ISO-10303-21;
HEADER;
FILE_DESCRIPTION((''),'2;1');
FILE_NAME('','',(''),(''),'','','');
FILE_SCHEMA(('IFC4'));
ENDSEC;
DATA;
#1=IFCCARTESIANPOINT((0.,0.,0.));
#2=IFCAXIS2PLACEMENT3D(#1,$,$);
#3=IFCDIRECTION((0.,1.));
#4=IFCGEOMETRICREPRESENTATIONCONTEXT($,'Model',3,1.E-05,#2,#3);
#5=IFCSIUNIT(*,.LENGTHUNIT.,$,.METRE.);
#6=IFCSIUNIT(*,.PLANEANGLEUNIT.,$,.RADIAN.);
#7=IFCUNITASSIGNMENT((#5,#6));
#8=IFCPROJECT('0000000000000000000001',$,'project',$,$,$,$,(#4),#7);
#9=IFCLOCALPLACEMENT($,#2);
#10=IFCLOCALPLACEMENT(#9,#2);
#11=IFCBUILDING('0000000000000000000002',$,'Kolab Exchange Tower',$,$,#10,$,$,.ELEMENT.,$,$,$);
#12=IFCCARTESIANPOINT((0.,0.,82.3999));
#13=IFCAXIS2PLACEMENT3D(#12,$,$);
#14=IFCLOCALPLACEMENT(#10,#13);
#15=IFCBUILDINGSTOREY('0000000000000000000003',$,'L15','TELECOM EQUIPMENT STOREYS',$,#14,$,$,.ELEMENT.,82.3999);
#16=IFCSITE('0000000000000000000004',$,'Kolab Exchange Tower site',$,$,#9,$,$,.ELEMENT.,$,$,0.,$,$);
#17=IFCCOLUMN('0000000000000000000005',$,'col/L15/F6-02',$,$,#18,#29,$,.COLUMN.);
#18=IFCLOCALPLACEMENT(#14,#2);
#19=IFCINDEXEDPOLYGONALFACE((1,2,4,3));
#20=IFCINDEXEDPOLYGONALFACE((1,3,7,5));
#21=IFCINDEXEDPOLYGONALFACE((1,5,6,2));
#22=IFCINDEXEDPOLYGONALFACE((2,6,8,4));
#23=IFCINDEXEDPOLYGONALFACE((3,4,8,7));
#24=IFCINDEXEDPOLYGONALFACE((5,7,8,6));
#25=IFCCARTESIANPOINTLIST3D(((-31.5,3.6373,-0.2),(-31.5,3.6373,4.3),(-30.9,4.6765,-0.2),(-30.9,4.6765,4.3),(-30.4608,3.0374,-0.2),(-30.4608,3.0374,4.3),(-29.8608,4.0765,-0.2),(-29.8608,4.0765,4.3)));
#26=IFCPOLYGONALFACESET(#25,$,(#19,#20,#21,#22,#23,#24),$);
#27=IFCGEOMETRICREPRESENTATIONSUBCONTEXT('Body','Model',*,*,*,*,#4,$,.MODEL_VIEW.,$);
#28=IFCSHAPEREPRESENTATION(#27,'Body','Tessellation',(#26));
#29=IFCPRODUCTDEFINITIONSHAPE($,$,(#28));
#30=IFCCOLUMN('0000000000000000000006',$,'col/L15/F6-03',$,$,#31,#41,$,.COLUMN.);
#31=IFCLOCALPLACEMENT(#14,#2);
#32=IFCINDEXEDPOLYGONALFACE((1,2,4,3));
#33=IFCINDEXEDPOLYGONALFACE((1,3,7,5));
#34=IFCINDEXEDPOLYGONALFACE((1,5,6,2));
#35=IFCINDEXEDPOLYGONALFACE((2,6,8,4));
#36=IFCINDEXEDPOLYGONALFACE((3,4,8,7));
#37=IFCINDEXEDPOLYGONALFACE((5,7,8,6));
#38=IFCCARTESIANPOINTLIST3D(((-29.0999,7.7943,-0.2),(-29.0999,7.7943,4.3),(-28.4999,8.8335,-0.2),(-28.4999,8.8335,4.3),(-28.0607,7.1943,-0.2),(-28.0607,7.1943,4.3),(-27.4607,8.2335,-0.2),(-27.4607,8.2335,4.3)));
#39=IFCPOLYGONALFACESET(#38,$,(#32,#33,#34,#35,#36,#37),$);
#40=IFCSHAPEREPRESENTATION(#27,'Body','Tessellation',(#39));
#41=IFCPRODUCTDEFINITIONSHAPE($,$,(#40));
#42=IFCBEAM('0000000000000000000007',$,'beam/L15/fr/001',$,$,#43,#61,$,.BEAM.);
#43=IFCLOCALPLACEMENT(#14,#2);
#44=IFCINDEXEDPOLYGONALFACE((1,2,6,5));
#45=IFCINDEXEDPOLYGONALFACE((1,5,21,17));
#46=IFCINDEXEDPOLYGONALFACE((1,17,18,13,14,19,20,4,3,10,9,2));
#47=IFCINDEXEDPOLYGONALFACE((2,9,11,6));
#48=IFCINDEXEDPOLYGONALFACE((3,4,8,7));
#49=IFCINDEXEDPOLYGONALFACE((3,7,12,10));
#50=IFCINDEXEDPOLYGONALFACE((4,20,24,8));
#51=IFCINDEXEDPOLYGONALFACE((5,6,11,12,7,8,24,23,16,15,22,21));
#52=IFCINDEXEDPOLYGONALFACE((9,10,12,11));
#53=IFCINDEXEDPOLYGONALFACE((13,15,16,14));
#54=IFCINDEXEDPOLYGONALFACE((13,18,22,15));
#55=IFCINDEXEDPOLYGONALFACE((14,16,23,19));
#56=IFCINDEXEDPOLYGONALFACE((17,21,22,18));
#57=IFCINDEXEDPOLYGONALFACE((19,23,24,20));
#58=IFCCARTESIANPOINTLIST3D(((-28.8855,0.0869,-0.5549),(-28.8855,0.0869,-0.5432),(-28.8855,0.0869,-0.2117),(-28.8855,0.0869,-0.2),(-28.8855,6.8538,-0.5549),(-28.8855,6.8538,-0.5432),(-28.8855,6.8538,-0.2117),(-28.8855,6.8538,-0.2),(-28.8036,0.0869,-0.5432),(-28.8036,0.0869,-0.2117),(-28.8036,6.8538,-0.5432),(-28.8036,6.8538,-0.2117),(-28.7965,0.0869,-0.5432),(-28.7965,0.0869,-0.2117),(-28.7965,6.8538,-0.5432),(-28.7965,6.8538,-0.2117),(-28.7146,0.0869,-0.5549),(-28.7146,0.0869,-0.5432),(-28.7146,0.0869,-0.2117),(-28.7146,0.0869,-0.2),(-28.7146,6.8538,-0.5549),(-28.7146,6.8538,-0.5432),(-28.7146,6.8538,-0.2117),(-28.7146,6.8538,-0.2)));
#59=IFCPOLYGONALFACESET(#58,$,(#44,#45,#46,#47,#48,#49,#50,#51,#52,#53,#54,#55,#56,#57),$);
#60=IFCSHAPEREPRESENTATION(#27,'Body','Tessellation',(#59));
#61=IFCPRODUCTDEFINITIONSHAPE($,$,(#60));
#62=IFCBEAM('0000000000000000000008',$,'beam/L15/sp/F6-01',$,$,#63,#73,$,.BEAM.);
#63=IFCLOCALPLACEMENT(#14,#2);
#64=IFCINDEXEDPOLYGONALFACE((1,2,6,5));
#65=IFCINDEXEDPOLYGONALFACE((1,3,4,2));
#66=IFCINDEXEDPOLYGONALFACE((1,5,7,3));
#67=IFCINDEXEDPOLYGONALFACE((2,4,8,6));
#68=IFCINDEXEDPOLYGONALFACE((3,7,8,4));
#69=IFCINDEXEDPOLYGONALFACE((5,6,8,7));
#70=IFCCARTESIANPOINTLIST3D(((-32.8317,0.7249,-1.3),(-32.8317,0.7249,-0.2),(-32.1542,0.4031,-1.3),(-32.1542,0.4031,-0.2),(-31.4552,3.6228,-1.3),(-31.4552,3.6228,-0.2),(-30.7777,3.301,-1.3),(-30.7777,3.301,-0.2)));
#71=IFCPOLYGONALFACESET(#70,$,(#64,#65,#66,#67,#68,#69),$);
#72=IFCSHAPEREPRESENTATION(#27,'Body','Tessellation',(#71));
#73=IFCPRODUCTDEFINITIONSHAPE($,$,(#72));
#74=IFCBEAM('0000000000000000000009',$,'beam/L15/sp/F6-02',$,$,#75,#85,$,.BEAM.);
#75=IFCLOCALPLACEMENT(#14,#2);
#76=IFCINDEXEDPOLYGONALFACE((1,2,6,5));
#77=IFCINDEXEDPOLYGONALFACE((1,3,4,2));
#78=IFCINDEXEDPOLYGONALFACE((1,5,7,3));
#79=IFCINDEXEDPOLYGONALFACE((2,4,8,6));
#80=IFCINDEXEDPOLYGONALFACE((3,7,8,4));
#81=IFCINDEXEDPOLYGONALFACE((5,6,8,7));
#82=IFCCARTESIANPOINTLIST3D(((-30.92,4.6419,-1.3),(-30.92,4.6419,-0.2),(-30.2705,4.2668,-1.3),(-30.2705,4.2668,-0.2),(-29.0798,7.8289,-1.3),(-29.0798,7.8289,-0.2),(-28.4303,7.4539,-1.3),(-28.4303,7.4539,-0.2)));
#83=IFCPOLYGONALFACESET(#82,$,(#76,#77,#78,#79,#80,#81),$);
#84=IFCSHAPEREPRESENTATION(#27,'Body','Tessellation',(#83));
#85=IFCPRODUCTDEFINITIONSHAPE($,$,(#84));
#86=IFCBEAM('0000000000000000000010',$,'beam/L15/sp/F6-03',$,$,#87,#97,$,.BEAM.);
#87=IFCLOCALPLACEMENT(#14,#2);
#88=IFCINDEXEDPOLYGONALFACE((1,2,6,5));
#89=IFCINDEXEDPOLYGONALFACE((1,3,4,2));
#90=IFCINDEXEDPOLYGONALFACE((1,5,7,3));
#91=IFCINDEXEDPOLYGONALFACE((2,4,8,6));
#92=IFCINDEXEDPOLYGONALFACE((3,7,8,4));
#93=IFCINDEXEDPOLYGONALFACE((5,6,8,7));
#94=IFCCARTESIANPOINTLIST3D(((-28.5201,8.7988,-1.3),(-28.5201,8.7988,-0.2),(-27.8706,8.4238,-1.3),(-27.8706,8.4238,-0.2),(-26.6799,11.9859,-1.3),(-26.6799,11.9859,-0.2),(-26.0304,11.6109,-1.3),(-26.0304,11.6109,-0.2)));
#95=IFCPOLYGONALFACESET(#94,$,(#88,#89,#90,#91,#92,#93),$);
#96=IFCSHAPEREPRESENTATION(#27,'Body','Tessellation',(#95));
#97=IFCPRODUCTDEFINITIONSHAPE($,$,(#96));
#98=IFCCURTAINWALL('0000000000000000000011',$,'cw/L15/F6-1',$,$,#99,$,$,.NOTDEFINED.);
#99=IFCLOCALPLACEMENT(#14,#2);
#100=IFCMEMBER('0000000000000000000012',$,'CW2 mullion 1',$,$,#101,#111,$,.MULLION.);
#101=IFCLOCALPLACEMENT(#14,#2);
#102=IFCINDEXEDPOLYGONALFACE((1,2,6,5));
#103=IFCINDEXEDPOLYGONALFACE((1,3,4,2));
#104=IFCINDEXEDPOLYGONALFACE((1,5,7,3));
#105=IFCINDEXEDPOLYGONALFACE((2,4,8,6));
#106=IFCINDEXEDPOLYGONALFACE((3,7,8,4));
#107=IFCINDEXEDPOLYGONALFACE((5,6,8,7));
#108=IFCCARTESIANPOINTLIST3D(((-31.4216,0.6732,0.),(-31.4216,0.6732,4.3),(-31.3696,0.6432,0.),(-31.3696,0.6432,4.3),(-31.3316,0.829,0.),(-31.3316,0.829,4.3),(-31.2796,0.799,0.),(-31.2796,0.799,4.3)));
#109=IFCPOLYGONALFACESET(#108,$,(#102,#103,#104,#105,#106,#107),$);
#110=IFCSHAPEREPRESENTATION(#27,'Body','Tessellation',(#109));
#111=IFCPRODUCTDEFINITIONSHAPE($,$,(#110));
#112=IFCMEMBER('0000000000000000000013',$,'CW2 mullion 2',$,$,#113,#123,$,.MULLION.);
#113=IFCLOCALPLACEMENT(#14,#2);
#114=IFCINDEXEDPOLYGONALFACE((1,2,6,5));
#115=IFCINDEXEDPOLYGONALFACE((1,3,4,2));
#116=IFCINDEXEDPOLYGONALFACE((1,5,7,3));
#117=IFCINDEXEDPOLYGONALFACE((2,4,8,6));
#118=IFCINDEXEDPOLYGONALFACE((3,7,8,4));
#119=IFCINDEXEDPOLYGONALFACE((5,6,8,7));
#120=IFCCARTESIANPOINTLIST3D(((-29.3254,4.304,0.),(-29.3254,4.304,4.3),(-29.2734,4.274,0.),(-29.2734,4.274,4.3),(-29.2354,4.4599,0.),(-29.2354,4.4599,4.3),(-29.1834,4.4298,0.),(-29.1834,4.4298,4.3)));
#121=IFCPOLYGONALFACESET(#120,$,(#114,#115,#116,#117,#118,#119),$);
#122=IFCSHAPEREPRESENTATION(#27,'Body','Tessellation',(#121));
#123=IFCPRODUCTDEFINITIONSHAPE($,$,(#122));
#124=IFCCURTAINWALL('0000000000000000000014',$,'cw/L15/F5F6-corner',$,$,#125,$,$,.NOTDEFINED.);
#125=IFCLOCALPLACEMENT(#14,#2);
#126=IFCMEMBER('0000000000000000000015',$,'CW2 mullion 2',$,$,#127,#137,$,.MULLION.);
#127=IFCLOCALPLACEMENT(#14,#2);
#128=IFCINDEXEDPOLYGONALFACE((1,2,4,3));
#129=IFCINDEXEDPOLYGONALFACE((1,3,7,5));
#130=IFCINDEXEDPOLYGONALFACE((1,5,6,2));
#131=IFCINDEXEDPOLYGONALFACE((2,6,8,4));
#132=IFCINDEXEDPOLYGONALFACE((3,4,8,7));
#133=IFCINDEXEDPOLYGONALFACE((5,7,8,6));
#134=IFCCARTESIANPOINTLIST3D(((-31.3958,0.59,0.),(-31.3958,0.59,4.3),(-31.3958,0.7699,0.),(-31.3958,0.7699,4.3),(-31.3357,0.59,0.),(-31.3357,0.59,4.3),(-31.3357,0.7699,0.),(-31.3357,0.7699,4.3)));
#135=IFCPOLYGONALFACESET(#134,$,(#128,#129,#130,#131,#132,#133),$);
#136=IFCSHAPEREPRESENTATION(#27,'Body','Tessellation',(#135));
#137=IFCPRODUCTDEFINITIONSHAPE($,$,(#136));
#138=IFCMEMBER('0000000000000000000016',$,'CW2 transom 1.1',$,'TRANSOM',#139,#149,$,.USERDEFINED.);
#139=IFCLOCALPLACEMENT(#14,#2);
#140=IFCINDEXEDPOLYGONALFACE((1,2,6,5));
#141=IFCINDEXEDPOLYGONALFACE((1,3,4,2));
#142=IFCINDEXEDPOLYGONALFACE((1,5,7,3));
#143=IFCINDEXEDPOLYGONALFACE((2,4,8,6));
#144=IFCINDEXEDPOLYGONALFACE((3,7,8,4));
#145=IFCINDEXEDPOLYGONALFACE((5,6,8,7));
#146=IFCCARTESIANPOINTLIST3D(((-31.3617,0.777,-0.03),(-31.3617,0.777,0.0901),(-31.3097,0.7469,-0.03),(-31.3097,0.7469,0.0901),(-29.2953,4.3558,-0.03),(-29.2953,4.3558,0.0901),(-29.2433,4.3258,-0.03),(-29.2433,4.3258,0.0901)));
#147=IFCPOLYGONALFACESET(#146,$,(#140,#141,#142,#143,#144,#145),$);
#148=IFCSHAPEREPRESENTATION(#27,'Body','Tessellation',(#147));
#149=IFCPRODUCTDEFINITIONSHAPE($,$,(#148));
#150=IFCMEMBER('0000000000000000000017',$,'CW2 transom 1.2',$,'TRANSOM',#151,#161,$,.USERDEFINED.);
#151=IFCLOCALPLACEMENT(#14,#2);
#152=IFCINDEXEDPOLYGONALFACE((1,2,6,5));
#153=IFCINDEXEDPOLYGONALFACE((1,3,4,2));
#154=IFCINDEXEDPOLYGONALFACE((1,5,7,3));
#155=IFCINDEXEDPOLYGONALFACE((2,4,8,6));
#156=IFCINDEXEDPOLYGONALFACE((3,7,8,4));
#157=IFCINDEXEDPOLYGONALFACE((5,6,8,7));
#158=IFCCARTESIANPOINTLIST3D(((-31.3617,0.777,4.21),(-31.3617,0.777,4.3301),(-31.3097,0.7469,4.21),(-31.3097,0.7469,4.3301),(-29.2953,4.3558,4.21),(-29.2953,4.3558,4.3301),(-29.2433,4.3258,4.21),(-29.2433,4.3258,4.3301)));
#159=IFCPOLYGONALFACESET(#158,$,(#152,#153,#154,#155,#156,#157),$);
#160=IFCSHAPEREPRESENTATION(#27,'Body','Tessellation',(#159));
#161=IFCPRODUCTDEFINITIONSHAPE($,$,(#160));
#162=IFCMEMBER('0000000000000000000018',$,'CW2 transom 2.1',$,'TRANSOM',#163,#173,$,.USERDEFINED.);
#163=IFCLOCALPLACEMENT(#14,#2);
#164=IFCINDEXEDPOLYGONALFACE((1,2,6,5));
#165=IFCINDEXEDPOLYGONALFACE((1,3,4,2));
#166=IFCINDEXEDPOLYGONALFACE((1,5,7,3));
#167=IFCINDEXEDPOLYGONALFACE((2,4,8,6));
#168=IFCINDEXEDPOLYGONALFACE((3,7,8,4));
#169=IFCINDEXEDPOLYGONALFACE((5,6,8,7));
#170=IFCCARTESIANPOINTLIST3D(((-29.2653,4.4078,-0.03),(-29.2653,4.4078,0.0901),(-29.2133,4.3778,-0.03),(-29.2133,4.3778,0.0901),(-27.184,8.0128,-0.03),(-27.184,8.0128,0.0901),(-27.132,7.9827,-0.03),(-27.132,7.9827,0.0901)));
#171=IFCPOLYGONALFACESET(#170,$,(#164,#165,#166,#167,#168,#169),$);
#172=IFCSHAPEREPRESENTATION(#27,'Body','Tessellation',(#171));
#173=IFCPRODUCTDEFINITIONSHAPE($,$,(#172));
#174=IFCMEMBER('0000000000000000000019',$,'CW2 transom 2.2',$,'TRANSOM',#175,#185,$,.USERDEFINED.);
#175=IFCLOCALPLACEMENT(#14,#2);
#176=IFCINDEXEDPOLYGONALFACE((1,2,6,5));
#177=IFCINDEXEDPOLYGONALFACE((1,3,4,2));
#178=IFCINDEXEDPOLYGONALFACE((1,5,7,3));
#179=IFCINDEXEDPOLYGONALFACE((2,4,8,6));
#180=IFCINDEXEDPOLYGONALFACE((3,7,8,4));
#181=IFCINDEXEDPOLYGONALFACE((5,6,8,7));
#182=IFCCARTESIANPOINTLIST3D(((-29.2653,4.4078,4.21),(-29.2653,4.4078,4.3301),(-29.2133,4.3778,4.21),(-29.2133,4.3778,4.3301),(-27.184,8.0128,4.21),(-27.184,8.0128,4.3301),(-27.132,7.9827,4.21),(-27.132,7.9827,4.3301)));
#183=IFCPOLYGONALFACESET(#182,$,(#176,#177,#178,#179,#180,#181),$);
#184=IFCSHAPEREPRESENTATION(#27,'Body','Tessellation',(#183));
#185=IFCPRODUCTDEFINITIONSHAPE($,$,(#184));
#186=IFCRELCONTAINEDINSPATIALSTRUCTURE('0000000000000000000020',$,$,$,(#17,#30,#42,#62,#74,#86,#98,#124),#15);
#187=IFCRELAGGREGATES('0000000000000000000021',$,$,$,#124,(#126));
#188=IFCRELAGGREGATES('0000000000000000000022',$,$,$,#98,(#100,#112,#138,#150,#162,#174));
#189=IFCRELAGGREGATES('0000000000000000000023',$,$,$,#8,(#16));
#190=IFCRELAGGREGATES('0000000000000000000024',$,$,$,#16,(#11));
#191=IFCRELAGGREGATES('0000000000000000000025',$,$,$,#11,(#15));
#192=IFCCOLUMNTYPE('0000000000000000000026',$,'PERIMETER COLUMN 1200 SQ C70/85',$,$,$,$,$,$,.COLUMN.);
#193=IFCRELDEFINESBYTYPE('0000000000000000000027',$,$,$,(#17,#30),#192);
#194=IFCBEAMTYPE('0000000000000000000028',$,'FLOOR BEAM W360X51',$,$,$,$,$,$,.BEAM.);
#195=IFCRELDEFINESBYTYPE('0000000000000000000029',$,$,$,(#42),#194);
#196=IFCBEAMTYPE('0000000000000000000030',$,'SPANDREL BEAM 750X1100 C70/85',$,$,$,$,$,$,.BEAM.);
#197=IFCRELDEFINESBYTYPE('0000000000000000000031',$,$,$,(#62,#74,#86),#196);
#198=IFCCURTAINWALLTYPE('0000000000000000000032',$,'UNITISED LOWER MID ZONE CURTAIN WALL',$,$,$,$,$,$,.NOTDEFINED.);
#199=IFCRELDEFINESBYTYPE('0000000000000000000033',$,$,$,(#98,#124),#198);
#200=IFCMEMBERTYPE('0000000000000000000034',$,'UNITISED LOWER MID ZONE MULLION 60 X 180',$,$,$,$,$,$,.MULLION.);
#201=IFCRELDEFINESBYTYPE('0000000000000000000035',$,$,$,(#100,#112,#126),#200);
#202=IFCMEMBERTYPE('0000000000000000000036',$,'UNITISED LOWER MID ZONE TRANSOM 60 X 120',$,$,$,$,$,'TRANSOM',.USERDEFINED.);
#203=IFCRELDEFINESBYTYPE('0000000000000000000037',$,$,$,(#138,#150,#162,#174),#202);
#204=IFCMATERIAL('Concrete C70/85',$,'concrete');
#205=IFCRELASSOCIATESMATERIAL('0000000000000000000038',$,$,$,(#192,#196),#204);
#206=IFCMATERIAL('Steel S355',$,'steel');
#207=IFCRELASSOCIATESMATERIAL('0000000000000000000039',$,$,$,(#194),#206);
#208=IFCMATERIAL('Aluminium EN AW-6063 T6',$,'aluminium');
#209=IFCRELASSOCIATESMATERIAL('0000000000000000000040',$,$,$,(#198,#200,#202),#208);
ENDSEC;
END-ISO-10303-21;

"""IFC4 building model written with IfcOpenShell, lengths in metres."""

from ifc_helpers import new_model, si_unit, direction, frame, origin, origin_2d, place, context, subcontext, project, spatial, rectangle, i_section, extrude, material, material_profile, profile_set, type_object, element, aggregate, save


model = new_model("IFC4")

# Units and contexts
model_context = context("Model", 3, precision=1e-05, world=origin(), true_north=direction((0.0, 1.0)))
body_context = subcontext(model_context, "Body", "Model", "MODEL_VIEW")
ifc_project = project(units=[si_unit("LENGTHUNIT", "METRE"), si_unit("PLANEANGLEUNIT", "RADIAN")], contexts=[model_context])

# Site, building, storey
site_placement = place(None, origin())
site = spatial("IfcSite", under=ifc_project, at=site_placement, Name="Kolab Exchange Tower site", CompositionType="ELEMENT", RefElevation=0.0)
building_placement = place(site_placement, origin())
building = spatial("IfcBuilding", under=site, at=building_placement, Name="Kolab Exchange Tower", CompositionType="ELEMENT")
storey_placement = place(building_placement, frame((0.0, 0.0, 82.3999)))
storey = spatial("IfcBuildingStorey", under=building, at=storey_placement, Name="L15", Description="TELECOM EQUIPMENT STOREYS", CompositionType="ELEMENT", Elevation=82.3999)

# Columns
ifc_material_1 = material(Name="Concrete C70/85", Category="concrete")
ifc_material_profile_1 = material_profile(ifc_material_1, rectangle(XDim=1.2, YDim=1.2, at=origin_2d()), Name="RC1200")
ifc_profile_set_1 = profile_set([ifc_material_profile_1], Name="Concrete C70/85")
column_type = type_object("IfcColumnType", Name="PERIMETER COLUMN 1200 SQ C70/85", PredefinedType="COLUMN", material=ifc_profile_set_1)
for number, where, z_axis, x_axis, name in (
    (1, (-30.6804, 3.8569, -0.2), (0.0, 0.0, 1.0), (0.5, 0.866025, 0.0), "col/L15/F6-02"),
    (2, (-28.2803, 8.0139, -0.2), (0.0, 0.0, 1.0), (0.5, 0.866025, 0.0), "col/L15/F6-03"),
):
    element("IfcColumn", number, at=place(storey_placement, frame(where, z_axis=z_axis, x_axis=x_axis)), inside=storey, type_object=column_type, Name=name, PredefinedType="COLUMN", context=body_context, shape_type="SweptSolid", body=[
        extrude(rectangle(XDim=1.2, YDim=1.2, at=origin_2d()), origin(), (0.0, 0.0, 1.0), 4.5),
    ])

# Beams
ifc_material_2 = material(Name="Steel S355", Category="steel")
ifc_material_profile_2 = material_profile(ifc_material_2, i_section(OverallWidth=0.1709, OverallDepth=0.355, WebThickness=0.0071, FlangeThickness=0.0117, at=origin_2d()), Name="W360X51")
ifc_profile_set_2 = profile_set([ifc_material_profile_2], Name="Steel S355")
beam_type_1 = type_object("IfcBeamType", Name="FLOOR BEAM W360X51", PredefinedType="BEAM", material=ifc_profile_set_2)
beam_1_placement = place(storey_placement, frame((-28.8, 0.0869, -0.3774), z_axis=(0.0, 1.0, 0.0), x_axis=(-1.0, 0.0, 0.0)))
element("IfcBeam", 3, at=beam_1_placement, inside=storey, type_object=beam_type_1, Name="beam/L15/fr/001", PredefinedType="BEAM", context=body_context, shape_type="SweptSolid", body=[
    extrude(i_section(OverallWidth=0.1709, OverallDepth=0.355, WebThickness=0.0071, FlangeThickness=0.0117, at=origin_2d()), origin(), (0.0, 0.0, 1.0), 6.7668),
])
ifc_material_profile_3 = material_profile(ifc_material_1, rectangle(XDim=0.75, YDim=1.1001, at=origin_2d()), Name="RC750X1100")
ifc_profile_set_3 = profile_set([ifc_material_profile_3], Name="Concrete C70/85")
beam_type_2 = type_object("IfcBeamType", Name="SPANDREL BEAM 750X1100 C70/85", PredefinedType="BEAM", material=ifc_profile_set_3)
beam_2_placement = place(storey_placement, frame((-32.4929, 0.564, -0.75), z_axis=(0.429041, 0.903285, 0.0), x_axis=(-0.903285, 0.429041, 0.0)))
element("IfcBeam", 4, at=beam_2_placement, inside=storey, type_object=beam_type_2, Name="beam/L15/sp/F6-01", PredefinedType="BEAM", context=body_context, shape_type="SweptSolid", body=[
    extrude(rectangle(XDim=0.75, YDim=1.1001, at=origin_2d()), origin(), (0.0, 0.0, 1.0), 3.2083),
])
for number, where, z_axis, x_axis, name in (
    (5, (-30.5952, 4.4543, -0.75), (0.500013, 0.866018, 0.0), (-0.866018, 0.500013, 0.0), "beam/L15/sp/F6-02"),
    (6, (-28.1953, 8.6113, -0.75), (0.500013, 0.866018, 0.0), (-0.866018, 0.500013, 0.0), "beam/L15/sp/F6-03"),
):
    element("IfcBeam", number, at=place(storey_placement, frame(where, z_axis=z_axis, x_axis=x_axis)), inside=storey, type_object=beam_type_2, Name=name, PredefinedType="BEAM", context=body_context, shape_type="SweptSolid", body=[
        extrude(rectangle(XDim=0.75, YDim=1.1001, at=origin_2d()), origin(), (0.0, 0.0, 1.0), 3.6802),
    ])

# Curtain wall, members
ifc_material_3 = material(Name="Aluminium EN AW-6063 T6", Category="aluminium")
curtain_wall_type = type_object("IfcCurtainWallType", Name="UNITISED LOWER MID ZONE CURTAIN WALL", PredefinedType="NOTDEFINED", material=ifc_material_3)
curtain_wall_1_placement = place(storey_placement, origin())
curtain_wall_1 = element("IfcCurtainWall", 7, at=curtain_wall_1_placement, inside=storey, type_object=curtain_wall_type, Name="cw/L15/F6-1", PredefinedType="NOTDEFINED")
ifc_material_profile_4 = material_profile(ifc_material_3, rectangle(XDim=0.0601, YDim=0.1799, at=origin_2d()), Name="RECT 60X180")
ifc_profile_set_4 = profile_set([ifc_material_profile_4], Name="Aluminium EN AW-6063 T6")
member_type_1 = type_object("IfcMemberType", Name="UNITISED LOWER MID ZONE MULLION 60 X 180", PredefinedType="MULLION", material=ifc_profile_set_4)
member_1_placement = place(storey_placement, frame((-31.3506, 0.7361, 0.0), z_axis=(0.0, 0.0, 1.0), x_axis=(-0.866025, 0.5, 0.0)))
member_1 = element("IfcMember", 8, at=member_1_placement, type_object=member_type_1, Name="CW2 mullion 1", PredefinedType="MULLION", context=body_context, shape_type="SweptSolid", body=[
    extrude(rectangle(XDim=0.0601, YDim=0.1799, at=origin_2d()), origin(), (0.0, 0.0, 1.0), 4.3),
])
member_2_placement = place(storey_placement, frame((-29.2544, 4.3669, 0.0), z_axis=(0.0, 0.0, 1.0), x_axis=(-0.866025, 0.5, 0.0)))
member_2 = element("IfcMember", 9, at=member_2_placement, type_object=member_type_1, Name="CW2 mullion 2", PredefinedType="MULLION", context=body_context, shape_type="SweptSolid", body=[
    extrude(rectangle(XDim=0.0601, YDim=0.1799, at=origin_2d()), origin(), (0.0, 0.0, 1.0), 4.3),
])

# Curtain wall, member
curtain_wall_2_placement = place(storey_placement, origin())
curtain_wall_2 = element("IfcCurtainWall", 10, at=curtain_wall_2_placement, inside=storey, type_object=curtain_wall_type, Name="cw/L15/F5F6-corner", PredefinedType="NOTDEFINED")
member_3_placement = place(storey_placement, frame((-31.3657, 0.6799, 0.0), z_axis=(0.0, 0.0, 1.0), x_axis=(-1.0, 0.0, 0.0)))
member_3 = element("IfcMember", 11, at=member_3_placement, type_object=member_type_1, Name="CW2 mullion 2", PredefinedType="MULLION", context=body_context, shape_type="SweptSolid", body=[
    extrude(rectangle(XDim=0.0601, YDim=0.1799, at=origin_2d()), origin(), (0.0, 0.0, 1.0), 4.3),
])
aggregate(curtain_wall_2, [member_3])

# Members
ifc_material_profile_5 = material_profile(ifc_material_3, rectangle(XDim=0.0601, YDim=0.1201, at=origin_2d()), Name="RECT 60X120")
ifc_profile_set_5 = profile_set([ifc_material_profile_5], Name="Aluminium EN AW-6063 T6")
member_type_2 = type_object("IfcMemberType", Name="UNITISED LOWER MID ZONE TRANSOM 60 X 120", ElementType="TRANSOM", PredefinedType="USERDEFINED", material=ifc_profile_set_5)
member_4_placement = place(storey_placement, frame((-31.3357, 0.762, 0.03), z_axis=(0.500028, 0.866009, 0.0), x_axis=(-0.866009, 0.500028, 0.0)))
member_4 = element("IfcMember", 12, at=member_4_placement, type_object=member_type_2, Name="CW2 transom 1.1", ObjectType="TRANSOM", PredefinedType="USERDEFINED", context=body_context, shape_type="SweptSolid", body=[
    extrude(rectangle(XDim=0.0601, YDim=0.1201, at=origin_2d()), origin(), (0.0, 0.0, 1.0), 4.1326),
])
member_5_placement = place(storey_placement, frame((-31.3357, 0.762, 4.27), z_axis=(0.500028, 0.866009, 0.0), x_axis=(-0.866009, 0.500028, 0.0)))
member_5 = element("IfcMember", 13, at=member_5_placement, type_object=member_type_2, Name="CW2 transom 1.2", ObjectType="TRANSOM", PredefinedType="USERDEFINED", context=body_context, shape_type="SweptSolid", body=[
    extrude(rectangle(XDim=0.0601, YDim=0.1201, at=origin_2d()), origin(), (0.0, 0.0, 1.0), 4.1326),
])
member_6_placement = place(storey_placement, frame((-29.2393, 4.3928, 0.03), z_axis=(0.499993, 0.866029, 0.0), x_axis=(-0.866029, 0.499993, 0.0)))
member_6 = element("IfcMember", 14, at=member_6_placement, type_object=member_type_2, Name="CW2 transom 2.1", ObjectType="TRANSOM", PredefinedType="USERDEFINED", context=body_context, shape_type="SweptSolid", body=[
    extrude(rectangle(XDim=0.0601, YDim=0.1201, at=origin_2d()), origin(), (0.0, 0.0, 1.0), 4.1626),
])
member_7_placement = place(storey_placement, frame((-29.2393, 4.3928, 4.27), z_axis=(0.499993, 0.866029, 0.0), x_axis=(-0.866029, 0.499993, 0.0)))
member_7 = element("IfcMember", 15, at=member_7_placement, type_object=member_type_2, Name="CW2 transom 2.2", ObjectType="TRANSOM", PredefinedType="USERDEFINED", context=body_context, shape_type="SweptSolid", body=[
    extrude(rectangle(XDim=0.0601, YDim=0.1201, at=origin_2d()), origin(), (0.0, 0.0, 1.0), 4.1626),
])

aggregate(curtain_wall_1, [member_1, member_2, member_4, member_5, member_6, member_7])

save(model, "model.ifc")
